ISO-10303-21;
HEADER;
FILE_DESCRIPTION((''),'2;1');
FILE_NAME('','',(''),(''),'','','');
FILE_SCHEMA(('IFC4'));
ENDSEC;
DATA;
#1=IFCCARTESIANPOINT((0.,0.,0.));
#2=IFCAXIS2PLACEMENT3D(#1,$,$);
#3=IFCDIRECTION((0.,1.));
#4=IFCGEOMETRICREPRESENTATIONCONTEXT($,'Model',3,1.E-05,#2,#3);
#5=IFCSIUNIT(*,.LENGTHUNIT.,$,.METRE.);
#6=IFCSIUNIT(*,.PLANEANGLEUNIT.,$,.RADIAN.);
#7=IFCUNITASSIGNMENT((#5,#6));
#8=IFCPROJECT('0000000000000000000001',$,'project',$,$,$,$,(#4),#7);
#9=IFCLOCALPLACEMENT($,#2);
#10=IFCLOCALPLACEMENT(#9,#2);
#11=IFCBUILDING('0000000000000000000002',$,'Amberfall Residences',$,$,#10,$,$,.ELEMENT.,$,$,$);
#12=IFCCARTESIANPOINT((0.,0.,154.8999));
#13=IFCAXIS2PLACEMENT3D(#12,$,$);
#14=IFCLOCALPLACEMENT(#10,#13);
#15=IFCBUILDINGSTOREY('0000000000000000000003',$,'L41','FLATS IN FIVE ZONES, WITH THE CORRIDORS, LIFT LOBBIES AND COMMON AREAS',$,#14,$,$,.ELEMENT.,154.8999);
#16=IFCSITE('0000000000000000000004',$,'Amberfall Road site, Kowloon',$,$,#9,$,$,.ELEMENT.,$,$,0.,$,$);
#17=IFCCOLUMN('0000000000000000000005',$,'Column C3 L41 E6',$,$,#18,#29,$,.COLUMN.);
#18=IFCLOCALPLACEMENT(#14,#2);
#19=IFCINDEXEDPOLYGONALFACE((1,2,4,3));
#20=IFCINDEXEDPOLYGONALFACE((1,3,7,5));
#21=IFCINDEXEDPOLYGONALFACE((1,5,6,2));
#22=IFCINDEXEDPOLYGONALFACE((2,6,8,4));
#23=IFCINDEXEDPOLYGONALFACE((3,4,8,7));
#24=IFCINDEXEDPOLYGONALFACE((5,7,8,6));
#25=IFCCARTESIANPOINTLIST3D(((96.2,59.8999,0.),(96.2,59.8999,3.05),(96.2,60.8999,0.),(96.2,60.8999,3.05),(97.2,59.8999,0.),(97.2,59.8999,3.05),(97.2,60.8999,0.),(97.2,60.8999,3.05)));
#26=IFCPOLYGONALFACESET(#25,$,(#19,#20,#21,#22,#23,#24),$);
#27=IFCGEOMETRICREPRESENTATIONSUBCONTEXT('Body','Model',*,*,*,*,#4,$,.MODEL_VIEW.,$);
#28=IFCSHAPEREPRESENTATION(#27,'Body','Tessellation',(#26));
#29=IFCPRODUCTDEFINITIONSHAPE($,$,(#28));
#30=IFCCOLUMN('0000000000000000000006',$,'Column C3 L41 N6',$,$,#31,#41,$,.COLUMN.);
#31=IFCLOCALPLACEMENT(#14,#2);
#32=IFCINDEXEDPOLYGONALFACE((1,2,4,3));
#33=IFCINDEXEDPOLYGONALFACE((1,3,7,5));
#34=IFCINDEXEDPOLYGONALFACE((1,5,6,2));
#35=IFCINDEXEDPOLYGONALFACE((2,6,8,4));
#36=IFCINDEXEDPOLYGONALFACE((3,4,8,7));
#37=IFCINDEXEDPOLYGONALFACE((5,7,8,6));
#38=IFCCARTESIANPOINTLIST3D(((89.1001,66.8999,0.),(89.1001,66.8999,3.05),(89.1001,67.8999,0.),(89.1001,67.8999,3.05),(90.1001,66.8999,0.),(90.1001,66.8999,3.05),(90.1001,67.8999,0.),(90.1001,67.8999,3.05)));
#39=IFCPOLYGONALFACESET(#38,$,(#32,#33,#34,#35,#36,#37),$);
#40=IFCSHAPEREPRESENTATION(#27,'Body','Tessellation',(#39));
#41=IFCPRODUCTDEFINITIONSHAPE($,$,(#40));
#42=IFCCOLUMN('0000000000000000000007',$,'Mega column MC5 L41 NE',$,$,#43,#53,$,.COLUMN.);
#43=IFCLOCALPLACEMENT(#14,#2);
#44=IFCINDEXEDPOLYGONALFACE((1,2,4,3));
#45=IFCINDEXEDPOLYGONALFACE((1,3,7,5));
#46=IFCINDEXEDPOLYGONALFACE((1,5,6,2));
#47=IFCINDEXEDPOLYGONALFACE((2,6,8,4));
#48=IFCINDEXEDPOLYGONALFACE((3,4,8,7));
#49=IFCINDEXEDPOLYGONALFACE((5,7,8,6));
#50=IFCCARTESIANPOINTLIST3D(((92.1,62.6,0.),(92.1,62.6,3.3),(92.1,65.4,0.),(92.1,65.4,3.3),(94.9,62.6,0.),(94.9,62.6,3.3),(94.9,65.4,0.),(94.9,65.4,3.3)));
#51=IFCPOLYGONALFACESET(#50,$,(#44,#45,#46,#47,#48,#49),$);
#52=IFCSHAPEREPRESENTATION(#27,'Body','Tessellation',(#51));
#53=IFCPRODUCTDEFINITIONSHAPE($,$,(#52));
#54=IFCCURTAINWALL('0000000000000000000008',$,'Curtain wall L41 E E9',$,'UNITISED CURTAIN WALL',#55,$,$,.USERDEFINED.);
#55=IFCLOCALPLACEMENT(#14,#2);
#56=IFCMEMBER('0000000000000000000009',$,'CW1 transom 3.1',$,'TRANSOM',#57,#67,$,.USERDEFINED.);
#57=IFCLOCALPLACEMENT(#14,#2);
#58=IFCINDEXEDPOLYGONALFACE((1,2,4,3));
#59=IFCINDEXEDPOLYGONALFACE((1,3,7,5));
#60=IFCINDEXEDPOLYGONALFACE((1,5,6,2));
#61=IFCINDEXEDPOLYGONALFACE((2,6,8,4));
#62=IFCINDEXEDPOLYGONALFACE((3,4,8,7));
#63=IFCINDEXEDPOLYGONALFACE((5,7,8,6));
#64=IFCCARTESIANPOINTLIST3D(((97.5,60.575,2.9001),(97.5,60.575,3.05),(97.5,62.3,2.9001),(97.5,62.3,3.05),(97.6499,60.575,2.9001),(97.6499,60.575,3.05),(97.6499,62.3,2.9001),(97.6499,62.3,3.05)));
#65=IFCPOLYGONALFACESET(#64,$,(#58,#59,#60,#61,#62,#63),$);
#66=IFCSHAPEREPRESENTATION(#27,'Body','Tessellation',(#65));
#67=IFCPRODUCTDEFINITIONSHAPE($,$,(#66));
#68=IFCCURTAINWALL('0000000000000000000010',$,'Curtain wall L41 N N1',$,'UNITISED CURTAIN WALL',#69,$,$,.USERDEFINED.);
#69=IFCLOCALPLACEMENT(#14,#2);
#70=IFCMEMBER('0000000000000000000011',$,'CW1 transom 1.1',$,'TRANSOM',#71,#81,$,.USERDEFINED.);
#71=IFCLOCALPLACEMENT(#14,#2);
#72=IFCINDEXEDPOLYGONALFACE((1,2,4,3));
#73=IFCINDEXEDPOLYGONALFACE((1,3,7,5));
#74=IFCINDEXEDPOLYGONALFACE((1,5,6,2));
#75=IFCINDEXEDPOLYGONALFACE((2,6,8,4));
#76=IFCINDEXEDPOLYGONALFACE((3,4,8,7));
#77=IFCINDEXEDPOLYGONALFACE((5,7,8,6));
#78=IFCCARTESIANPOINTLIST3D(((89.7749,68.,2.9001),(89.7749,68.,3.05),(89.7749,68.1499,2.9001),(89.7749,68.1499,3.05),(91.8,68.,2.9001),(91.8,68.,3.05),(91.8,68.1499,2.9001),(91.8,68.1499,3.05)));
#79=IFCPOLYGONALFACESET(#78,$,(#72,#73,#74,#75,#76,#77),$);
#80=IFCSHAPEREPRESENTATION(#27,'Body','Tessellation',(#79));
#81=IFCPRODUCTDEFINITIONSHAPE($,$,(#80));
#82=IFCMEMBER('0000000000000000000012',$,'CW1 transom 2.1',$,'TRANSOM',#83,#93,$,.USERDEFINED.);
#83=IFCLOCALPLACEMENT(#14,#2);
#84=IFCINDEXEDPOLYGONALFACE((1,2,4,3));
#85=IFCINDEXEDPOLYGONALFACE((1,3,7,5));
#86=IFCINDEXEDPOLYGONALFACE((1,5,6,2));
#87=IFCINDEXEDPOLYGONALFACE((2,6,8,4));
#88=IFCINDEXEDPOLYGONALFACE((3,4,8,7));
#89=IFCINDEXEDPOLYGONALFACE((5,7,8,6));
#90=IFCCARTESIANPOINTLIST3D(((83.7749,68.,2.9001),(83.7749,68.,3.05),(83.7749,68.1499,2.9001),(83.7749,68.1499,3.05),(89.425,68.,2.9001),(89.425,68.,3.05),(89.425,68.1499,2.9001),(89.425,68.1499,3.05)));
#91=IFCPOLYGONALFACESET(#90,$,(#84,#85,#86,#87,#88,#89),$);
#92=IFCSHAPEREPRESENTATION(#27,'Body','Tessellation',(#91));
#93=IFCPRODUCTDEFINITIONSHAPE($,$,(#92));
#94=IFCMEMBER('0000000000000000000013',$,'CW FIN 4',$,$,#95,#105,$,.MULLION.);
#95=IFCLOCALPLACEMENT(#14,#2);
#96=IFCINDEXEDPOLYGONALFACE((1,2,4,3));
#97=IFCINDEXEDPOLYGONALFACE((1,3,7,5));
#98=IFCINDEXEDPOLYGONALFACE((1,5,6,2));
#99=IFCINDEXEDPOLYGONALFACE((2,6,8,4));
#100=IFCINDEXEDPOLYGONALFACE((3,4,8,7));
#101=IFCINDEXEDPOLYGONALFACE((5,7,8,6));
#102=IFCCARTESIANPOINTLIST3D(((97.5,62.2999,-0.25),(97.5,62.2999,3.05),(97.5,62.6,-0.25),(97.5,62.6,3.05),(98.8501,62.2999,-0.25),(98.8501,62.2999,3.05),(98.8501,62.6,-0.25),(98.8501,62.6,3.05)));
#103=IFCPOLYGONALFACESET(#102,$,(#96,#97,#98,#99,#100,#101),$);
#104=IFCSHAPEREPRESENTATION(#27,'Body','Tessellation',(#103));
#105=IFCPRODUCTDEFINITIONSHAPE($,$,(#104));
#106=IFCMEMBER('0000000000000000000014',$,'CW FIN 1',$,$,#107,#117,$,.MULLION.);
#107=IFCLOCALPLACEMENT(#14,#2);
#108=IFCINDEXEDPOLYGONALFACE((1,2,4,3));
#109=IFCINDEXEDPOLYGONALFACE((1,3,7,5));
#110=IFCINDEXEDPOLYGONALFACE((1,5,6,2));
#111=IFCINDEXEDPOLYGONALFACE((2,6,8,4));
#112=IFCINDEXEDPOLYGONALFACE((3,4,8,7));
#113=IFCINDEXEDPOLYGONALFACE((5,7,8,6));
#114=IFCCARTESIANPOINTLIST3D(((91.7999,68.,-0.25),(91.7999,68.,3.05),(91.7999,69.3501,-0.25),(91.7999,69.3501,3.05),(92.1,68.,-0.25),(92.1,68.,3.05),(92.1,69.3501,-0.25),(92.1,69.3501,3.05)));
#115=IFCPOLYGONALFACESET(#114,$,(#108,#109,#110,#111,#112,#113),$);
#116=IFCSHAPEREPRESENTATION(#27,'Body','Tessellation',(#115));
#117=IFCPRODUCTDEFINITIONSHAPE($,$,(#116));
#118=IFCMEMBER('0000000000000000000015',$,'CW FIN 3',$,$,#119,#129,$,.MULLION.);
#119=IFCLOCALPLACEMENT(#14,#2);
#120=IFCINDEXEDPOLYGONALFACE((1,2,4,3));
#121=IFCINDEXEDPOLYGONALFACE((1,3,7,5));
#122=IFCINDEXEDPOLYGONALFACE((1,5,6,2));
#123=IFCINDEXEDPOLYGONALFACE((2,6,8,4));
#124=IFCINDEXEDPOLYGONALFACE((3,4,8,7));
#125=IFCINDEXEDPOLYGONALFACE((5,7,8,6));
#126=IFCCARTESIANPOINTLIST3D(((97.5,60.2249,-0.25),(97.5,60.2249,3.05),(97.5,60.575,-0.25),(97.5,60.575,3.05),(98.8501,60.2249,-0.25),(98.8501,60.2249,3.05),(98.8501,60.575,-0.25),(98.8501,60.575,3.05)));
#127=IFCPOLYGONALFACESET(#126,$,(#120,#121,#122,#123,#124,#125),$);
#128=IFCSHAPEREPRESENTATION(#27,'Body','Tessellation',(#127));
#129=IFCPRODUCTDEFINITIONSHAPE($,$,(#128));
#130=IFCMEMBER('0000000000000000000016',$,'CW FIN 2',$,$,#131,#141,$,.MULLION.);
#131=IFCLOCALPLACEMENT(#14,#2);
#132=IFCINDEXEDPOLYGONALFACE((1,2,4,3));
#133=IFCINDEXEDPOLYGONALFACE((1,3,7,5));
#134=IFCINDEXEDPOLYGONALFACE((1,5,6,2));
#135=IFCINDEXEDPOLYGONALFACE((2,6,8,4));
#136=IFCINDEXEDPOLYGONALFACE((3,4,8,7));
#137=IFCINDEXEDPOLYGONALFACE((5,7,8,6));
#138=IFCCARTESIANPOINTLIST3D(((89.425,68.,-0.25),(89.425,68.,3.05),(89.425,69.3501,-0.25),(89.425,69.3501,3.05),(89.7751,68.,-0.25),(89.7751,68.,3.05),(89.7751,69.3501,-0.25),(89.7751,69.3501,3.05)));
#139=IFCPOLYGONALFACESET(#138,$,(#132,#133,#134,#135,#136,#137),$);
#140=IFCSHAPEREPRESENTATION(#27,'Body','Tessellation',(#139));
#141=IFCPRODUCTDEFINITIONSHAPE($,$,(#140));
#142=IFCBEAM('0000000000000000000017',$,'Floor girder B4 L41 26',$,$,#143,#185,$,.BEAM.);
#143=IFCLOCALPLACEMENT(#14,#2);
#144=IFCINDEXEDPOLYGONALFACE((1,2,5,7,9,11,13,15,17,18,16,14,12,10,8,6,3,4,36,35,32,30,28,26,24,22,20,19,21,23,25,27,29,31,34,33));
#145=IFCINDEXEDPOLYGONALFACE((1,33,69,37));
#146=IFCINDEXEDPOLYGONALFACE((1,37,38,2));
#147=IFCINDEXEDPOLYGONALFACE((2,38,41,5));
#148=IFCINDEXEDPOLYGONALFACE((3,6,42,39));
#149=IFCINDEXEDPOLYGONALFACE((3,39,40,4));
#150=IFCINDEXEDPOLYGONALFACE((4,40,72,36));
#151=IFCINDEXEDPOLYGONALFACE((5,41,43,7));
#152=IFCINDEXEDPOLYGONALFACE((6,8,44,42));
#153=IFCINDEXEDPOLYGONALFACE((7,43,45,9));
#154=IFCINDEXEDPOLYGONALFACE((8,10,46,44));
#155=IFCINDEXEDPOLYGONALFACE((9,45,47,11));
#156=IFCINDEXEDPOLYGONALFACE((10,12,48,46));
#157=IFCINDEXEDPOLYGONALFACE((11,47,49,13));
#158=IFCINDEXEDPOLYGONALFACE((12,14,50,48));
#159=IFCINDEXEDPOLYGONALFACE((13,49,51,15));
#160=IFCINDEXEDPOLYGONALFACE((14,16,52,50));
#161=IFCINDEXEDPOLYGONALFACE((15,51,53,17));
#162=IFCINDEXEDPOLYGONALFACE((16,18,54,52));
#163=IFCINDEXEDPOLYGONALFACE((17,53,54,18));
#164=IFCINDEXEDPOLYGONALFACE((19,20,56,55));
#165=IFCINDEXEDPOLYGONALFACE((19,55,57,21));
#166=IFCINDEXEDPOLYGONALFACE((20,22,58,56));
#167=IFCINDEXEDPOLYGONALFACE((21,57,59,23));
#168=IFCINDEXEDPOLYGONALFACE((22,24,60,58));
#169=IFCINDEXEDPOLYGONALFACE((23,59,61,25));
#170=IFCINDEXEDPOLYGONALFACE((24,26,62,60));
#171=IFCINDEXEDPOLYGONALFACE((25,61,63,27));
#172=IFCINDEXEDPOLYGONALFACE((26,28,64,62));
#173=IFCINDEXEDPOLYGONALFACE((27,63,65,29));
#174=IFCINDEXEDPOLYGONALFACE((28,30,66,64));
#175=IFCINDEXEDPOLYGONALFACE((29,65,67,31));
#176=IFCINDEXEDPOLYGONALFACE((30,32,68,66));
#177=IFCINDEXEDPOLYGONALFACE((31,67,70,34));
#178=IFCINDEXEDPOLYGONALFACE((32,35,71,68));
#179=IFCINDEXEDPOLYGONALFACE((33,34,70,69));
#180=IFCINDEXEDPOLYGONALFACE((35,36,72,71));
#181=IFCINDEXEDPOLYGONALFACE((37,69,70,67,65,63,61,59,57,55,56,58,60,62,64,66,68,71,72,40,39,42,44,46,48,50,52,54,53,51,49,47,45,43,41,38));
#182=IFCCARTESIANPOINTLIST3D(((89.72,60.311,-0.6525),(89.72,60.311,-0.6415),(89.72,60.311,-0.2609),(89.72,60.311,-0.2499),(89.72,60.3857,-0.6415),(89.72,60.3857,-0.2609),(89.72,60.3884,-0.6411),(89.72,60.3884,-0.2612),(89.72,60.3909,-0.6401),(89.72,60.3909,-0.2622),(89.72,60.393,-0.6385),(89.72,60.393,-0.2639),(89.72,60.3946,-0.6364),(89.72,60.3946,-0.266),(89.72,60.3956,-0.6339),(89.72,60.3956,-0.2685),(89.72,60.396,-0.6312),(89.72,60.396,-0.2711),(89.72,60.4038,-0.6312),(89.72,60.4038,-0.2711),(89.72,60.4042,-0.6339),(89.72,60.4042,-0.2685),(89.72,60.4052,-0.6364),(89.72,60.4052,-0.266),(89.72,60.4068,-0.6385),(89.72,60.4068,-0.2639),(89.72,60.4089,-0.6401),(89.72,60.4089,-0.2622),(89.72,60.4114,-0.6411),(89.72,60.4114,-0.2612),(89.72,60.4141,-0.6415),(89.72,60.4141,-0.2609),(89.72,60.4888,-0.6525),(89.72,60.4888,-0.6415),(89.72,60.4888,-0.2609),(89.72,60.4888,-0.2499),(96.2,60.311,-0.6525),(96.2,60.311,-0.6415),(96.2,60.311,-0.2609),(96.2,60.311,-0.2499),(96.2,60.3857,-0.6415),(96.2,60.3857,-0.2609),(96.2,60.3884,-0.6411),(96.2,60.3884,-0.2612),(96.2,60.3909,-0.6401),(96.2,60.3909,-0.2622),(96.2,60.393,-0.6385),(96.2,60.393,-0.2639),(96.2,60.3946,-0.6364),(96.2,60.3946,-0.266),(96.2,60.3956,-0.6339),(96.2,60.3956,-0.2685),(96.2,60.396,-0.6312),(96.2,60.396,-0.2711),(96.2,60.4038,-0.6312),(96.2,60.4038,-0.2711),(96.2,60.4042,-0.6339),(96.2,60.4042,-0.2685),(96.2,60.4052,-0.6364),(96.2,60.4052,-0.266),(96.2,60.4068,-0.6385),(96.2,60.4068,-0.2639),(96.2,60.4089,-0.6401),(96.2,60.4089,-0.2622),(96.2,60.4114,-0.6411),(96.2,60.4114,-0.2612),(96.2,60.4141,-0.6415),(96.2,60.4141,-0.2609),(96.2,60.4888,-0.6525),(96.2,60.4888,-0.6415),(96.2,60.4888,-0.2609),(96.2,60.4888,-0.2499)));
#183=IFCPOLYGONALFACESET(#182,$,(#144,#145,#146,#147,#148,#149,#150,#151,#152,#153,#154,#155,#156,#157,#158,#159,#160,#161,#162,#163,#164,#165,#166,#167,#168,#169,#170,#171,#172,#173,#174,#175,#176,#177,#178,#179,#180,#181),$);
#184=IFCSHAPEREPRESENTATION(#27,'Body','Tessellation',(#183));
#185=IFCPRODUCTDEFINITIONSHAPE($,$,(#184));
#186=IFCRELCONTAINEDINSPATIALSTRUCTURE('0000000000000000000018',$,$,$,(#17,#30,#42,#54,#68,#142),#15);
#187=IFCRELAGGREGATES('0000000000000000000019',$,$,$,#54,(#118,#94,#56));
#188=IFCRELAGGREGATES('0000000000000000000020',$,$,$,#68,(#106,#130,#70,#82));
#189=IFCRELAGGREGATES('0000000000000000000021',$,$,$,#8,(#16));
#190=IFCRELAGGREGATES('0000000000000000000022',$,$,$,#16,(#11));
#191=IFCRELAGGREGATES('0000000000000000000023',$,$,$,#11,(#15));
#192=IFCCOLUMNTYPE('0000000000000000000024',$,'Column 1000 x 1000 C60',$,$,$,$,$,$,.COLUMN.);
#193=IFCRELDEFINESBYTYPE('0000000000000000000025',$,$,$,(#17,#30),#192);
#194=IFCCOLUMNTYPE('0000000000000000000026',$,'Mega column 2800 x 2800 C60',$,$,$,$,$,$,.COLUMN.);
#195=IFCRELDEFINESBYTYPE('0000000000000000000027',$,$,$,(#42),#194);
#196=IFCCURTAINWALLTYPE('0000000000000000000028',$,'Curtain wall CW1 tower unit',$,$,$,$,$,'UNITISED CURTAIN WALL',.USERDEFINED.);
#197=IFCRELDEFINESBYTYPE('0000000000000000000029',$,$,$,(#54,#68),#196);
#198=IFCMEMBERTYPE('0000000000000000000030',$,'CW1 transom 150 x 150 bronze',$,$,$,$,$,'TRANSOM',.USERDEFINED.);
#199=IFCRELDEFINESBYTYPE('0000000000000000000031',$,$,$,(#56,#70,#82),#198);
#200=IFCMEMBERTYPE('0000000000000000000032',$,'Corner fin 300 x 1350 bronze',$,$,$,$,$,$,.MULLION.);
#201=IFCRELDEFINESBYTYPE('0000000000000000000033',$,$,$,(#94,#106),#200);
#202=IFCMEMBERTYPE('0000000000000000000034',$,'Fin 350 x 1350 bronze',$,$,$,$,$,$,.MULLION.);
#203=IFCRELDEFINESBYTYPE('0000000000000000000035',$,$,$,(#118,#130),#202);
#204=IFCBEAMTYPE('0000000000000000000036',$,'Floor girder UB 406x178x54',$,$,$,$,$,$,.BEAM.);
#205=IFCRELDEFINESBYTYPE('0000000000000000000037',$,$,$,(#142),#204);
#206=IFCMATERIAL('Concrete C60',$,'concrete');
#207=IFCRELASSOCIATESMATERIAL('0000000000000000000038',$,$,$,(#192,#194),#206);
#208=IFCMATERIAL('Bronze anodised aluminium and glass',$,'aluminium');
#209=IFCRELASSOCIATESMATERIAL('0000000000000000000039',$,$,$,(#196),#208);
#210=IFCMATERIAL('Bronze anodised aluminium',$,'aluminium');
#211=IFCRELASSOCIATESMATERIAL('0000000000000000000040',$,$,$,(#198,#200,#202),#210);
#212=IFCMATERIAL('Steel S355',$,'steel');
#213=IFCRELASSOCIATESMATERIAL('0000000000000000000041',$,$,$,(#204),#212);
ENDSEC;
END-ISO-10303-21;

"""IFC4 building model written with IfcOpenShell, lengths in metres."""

from ifc_helpers import new_model, si_unit, direction, frame, origin, origin_2d, place, context, subcontext, project, spatial, rectangle, i_section, extrude, material, material_profile, profile_set, type_object, element, aggregate, save


model = new_model("IFC4")

# Units and contexts
model_context = context("Model", 3, precision=1e-05, world=origin(), true_north=direction((0.0, 1.0)))
body_context = subcontext(model_context, "Body", "Model", "MODEL_VIEW")
ifc_project = project(units=[si_unit("LENGTHUNIT", "METRE"), si_unit("PLANEANGLEUNIT", "RADIAN")], contexts=[model_context])

# Site, building, storey
site_placement = place(None, origin())
site = spatial("IfcSite", under=ifc_project, at=site_placement, Name="Amberfall Road site, Kowloon", CompositionType="ELEMENT", RefElevation=0.0)
building_placement = place(site_placement, origin())
building = spatial("IfcBuilding", under=site, at=building_placement, Name="Amberfall Residences", CompositionType="ELEMENT")
storey_placement = place(building_placement, frame((0.0, 0.0, 154.8999)))
storey = spatial("IfcBuildingStorey", under=building, at=storey_placement, Name="L41", Description="FLATS IN FIVE ZONES, WITH THE CORRIDORS, LIFT LOBBIES AND COMMON AREAS", CompositionType="ELEMENT", Elevation=154.8999)

# Columns
ifc_material_1 = material(Name="Concrete C60", Category="concrete")
ifc_material_profile_1 = material_profile(ifc_material_1, rectangle(XDim=1.0, YDim=1.0, at=origin_2d()), Name="Column 1000 x 1000 C60")
ifc_profile_set_1 = profile_set([ifc_material_profile_1], Name="Concrete C60")
column_type_1 = type_object("IfcColumnType", Name="Column 1000 x 1000 C60", PredefinedType="COLUMN", material=ifc_profile_set_1)
for number, where, z_axis, x_axis, name in (
    (1, (96.7, 60.3999, 0.0), (0.0, 0.0, 1.0), (1.0, 0.0, 0.0), "Column C3 L41 E6"),
    (2, (89.6001, 67.3999, 0.0), (0.0, 0.0, 1.0), (1.0, 0.0, 0.0), "Column C3 L41 N6"),
):
    element("IfcColumn", number, at=place(storey_placement, frame(where, z_axis=z_axis, x_axis=x_axis)), inside=storey, type_object=column_type_1, Name=name, PredefinedType="COLUMN", context=body_context, shape_type="SweptSolid", body=[
        extrude(rectangle(XDim=1.0, YDim=1.0, at=origin_2d()), origin(), (0.0, 0.0, 1.0), 3.05),
    ])
ifc_material_profile_2 = material_profile(ifc_material_1, rectangle(XDim=2.8, YDim=2.8, at=origin_2d()), Name="Mega column 2800 x 2800 C60")
ifc_profile_set_2 = profile_set([ifc_material_profile_2], Name="Concrete C60")
column_type_2 = type_object("IfcColumnType", Name="Mega column 2800 x 2800 C60", PredefinedType="COLUMN", material=ifc_profile_set_2)
column_placement = place(storey_placement, frame((93.5, 64.0, 0.0), z_axis=(0.0, 0.0, 1.0), x_axis=(1.0, 0.0, 0.0)))
element("IfcColumn", 3, at=column_placement, inside=storey, type_object=column_type_2, Name="Mega column MC5 L41 NE", PredefinedType="COLUMN", context=body_context, shape_type="SweptSolid", body=[
    extrude(rectangle(XDim=2.8, YDim=2.8, at=origin_2d()), origin(), (0.0, 0.0, 1.0), 3.3),
])

# Curtain wall, member
ifc_material_2 = material(Name="Bronze anodised aluminium and glass", Category="aluminium")
curtain_wall_type = type_object("IfcCurtainWallType", Name="Curtain wall CW1 tower unit", ElementType="UNITISED CURTAIN WALL", PredefinedType="USERDEFINED", material=ifc_material_2)
curtain_wall_1_placement = place(storey_placement, origin())
curtain_wall_1 = element("IfcCurtainWall", 4, at=curtain_wall_1_placement, inside=storey, type_object=curtain_wall_type, Name="Curtain wall L41 E E9", ObjectType="UNITISED CURTAIN WALL", PredefinedType="USERDEFINED")
ifc_material_3 = material(Name="Bronze anodised aluminium", Category="aluminium")
ifc_material_profile_3 = material_profile(ifc_material_3, rectangle(XDim=0.1499, YDim=0.1499, at=origin_2d()), Name="CW1 transom 150 x 150 bronze")
ifc_profile_set_3 = profile_set([ifc_material_profile_3], Name="Bronze anodised aluminium")
member_type_1 = type_object("IfcMemberType", Name="CW1 transom 150 x 150 bronze", ElementType="TRANSOM", PredefinedType="USERDEFINED", material=ifc_profile_set_3)
member_1_placement = place(storey_placement, frame((97.575, 60.575, 2.9751), z_axis=(0.0, 1.0, 0.0), x_axis=(-1.0, 0.0, 0.0)))
member_1 = element("IfcMember", 5, at=member_1_placement, type_object=member_type_1, Name="CW1 transom 3.1", ObjectType="TRANSOM", PredefinedType="USERDEFINED", context=body_context, shape_type="SweptSolid", body=[
    extrude(rectangle(XDim=0.1499, YDim=0.1499, at=origin_2d()), origin(), (0.0, 0.0, 1.0), 1.7251),
])

# Curtain wall, members
curtain_wall_2_placement = place(storey_placement, origin())
curtain_wall_2 = element("IfcCurtainWall", 6, at=curtain_wall_2_placement, inside=storey, type_object=curtain_wall_type, Name="Curtain wall L41 N N1", ObjectType="UNITISED CURTAIN WALL", PredefinedType="USERDEFINED")
member_2_placement = place(storey_placement, frame((91.8, 68.075, 2.9751), z_axis=(-1.0, 0.0, 0.0), x_axis=(0.0, -1.0, 0.0)))
member_2 = element("IfcMember", 7, at=member_2_placement, type_object=member_type_1, Name="CW1 transom 1.1", ObjectType="TRANSOM", PredefinedType="USERDEFINED", context=body_context, shape_type="SweptSolid", body=[
    extrude(rectangle(XDim=0.1499, YDim=0.1499, at=origin_2d()), origin(), (0.0, 0.0, 1.0), 2.0251),
])
member_3_placement = place(storey_placement, frame((89.425, 68.075, 2.9751), z_axis=(-1.0, 0.0, 0.0), x_axis=(0.0, -1.0, 0.0)))
member_3 = element("IfcMember", 8, at=member_3_placement, type_object=member_type_1, Name="CW1 transom 2.1", ObjectType="TRANSOM", PredefinedType="USERDEFINED", context=body_context, shape_type="SweptSolid", body=[
    extrude(rectangle(XDim=0.1499, YDim=0.1499, at=origin_2d()), origin(), (0.0, 0.0, 1.0), 5.6501),
])

# Members
ifc_material_profile_4 = material_profile(ifc_material_3, rectangle(XDim=1.3501, YDim=0.3, at=origin_2d()), Name="Corner fin 300 x 1350 bronze")
ifc_profile_set_4 = profile_set([ifc_material_profile_4], Name="Bronze anodised aluminium")
member_type_2 = type_object("IfcMemberType", Name="Corner fin 300 x 1350 bronze", PredefinedType="MULLION", material=ifc_profile_set_4)
member_4_placement = place(storey_placement, frame((98.175, 62.45, -0.25), z_axis=(0.0, 0.0, 1.0), x_axis=(-1.0, 0.0, 0.0)))
member_4 = element("IfcMember", 9, at=member_4_placement, type_object=member_type_2, Name="CW FIN 4", PredefinedType="MULLION", context=body_context, shape_type="SweptSolid", body=[
    extrude(rectangle(XDim=1.3501, YDim=0.3, at=origin_2d()), origin(), (0.0, 0.0, 1.0), 3.3),
])
member_5_placement = place(storey_placement, frame((91.95, 68.675, -0.25), z_axis=(0.0, 0.0, 1.0), x_axis=(0.0, -1.0, 0.0)))
member_5 = element("IfcMember", 10, at=member_5_placement, type_object=member_type_2, Name="CW FIN 1", PredefinedType="MULLION", context=body_context, shape_type="SweptSolid", body=[
    extrude(rectangle(XDim=1.3501, YDim=0.3, at=origin_2d()), origin(), (0.0, 0.0, 1.0), 3.3),
])
ifc_material_profile_5 = material_profile(ifc_material_3, rectangle(XDim=1.3501, YDim=0.3501, at=origin_2d()), Name="Fin 350 x 1350 bronze")
ifc_profile_set_5 = profile_set([ifc_material_profile_5], Name="Bronze anodised aluminium")
member_type_3 = type_object("IfcMemberType", Name="Fin 350 x 1350 bronze", PredefinedType="MULLION", material=ifc_profile_set_5)
member_6_placement = place(storey_placement, frame((98.175, 60.3999, -0.25), z_axis=(0.0, 0.0, 1.0), x_axis=(-1.0, 0.0, 0.0)))
member_6 = element("IfcMember", 11, at=member_6_placement, type_object=member_type_3, Name="CW FIN 3", PredefinedType="MULLION", context=body_context, shape_type="SweptSolid", body=[
    extrude(rectangle(XDim=1.3501, YDim=0.3501, at=origin_2d()), origin(), (0.0, 0.0, 1.0), 3.3),
])
member_7_placement = place(storey_placement, frame((89.6001, 68.675, -0.25), z_axis=(0.0, 0.0, 1.0), x_axis=(0.0, -1.0, 0.0)))
member_7 = element("IfcMember", 12, at=member_7_placement, type_object=member_type_3, Name="CW FIN 2", PredefinedType="MULLION", context=body_context, shape_type="SweptSolid", body=[
    extrude(rectangle(XDim=1.3501, YDim=0.3501, at=origin_2d()), origin(), (0.0, 0.0, 1.0), 3.3),
])

# Beam
ifc_material_4 = material(Name="Steel S355", Category="steel")
ifc_material_profile_6 = material_profile(ifc_material_4, i_section(OverallWidth=0.1777, OverallDepth=0.4026, WebThickness=0.0078, FlangeThickness=0.011, FilletRadius=0.0103, at=origin_2d()), Name="UB 406x178x54")
ifc_profile_set_6 = profile_set([ifc_material_profile_6], Name="Steel S355")
beam_type_1 = type_object("IfcBeamType", Name="Floor girder UB 406x178x54", PredefinedType="BEAM", material=ifc_profile_set_6)
beam_1_placement = place(storey_placement, frame((96.2, 60.3999, -0.4512), z_axis=(-1.0, 0.0, 0.0), x_axis=(0.0, -1.0, 0.0)))
element("IfcBeam", 13, at=beam_1_placement, inside=storey, type_object=beam_type_1, Name="Floor girder B4 L41 26", PredefinedType="BEAM", context=body_context, shape_type="SweptSolid", body=[
    extrude(i_section(OverallWidth=0.1777, OverallDepth=0.4026, WebThickness=0.0078, FlangeThickness=0.011, FilletRadius=0.0103, at=origin_2d()), origin(), (0.0, 0.0, 1.0), 6.48),
])

aggregate(curtain_wall_1, [member_6, member_4, member_1])
aggregate(curtain_wall_2, [member_5, member_7, member_2, member_3])

save(model, "model.ifc")
